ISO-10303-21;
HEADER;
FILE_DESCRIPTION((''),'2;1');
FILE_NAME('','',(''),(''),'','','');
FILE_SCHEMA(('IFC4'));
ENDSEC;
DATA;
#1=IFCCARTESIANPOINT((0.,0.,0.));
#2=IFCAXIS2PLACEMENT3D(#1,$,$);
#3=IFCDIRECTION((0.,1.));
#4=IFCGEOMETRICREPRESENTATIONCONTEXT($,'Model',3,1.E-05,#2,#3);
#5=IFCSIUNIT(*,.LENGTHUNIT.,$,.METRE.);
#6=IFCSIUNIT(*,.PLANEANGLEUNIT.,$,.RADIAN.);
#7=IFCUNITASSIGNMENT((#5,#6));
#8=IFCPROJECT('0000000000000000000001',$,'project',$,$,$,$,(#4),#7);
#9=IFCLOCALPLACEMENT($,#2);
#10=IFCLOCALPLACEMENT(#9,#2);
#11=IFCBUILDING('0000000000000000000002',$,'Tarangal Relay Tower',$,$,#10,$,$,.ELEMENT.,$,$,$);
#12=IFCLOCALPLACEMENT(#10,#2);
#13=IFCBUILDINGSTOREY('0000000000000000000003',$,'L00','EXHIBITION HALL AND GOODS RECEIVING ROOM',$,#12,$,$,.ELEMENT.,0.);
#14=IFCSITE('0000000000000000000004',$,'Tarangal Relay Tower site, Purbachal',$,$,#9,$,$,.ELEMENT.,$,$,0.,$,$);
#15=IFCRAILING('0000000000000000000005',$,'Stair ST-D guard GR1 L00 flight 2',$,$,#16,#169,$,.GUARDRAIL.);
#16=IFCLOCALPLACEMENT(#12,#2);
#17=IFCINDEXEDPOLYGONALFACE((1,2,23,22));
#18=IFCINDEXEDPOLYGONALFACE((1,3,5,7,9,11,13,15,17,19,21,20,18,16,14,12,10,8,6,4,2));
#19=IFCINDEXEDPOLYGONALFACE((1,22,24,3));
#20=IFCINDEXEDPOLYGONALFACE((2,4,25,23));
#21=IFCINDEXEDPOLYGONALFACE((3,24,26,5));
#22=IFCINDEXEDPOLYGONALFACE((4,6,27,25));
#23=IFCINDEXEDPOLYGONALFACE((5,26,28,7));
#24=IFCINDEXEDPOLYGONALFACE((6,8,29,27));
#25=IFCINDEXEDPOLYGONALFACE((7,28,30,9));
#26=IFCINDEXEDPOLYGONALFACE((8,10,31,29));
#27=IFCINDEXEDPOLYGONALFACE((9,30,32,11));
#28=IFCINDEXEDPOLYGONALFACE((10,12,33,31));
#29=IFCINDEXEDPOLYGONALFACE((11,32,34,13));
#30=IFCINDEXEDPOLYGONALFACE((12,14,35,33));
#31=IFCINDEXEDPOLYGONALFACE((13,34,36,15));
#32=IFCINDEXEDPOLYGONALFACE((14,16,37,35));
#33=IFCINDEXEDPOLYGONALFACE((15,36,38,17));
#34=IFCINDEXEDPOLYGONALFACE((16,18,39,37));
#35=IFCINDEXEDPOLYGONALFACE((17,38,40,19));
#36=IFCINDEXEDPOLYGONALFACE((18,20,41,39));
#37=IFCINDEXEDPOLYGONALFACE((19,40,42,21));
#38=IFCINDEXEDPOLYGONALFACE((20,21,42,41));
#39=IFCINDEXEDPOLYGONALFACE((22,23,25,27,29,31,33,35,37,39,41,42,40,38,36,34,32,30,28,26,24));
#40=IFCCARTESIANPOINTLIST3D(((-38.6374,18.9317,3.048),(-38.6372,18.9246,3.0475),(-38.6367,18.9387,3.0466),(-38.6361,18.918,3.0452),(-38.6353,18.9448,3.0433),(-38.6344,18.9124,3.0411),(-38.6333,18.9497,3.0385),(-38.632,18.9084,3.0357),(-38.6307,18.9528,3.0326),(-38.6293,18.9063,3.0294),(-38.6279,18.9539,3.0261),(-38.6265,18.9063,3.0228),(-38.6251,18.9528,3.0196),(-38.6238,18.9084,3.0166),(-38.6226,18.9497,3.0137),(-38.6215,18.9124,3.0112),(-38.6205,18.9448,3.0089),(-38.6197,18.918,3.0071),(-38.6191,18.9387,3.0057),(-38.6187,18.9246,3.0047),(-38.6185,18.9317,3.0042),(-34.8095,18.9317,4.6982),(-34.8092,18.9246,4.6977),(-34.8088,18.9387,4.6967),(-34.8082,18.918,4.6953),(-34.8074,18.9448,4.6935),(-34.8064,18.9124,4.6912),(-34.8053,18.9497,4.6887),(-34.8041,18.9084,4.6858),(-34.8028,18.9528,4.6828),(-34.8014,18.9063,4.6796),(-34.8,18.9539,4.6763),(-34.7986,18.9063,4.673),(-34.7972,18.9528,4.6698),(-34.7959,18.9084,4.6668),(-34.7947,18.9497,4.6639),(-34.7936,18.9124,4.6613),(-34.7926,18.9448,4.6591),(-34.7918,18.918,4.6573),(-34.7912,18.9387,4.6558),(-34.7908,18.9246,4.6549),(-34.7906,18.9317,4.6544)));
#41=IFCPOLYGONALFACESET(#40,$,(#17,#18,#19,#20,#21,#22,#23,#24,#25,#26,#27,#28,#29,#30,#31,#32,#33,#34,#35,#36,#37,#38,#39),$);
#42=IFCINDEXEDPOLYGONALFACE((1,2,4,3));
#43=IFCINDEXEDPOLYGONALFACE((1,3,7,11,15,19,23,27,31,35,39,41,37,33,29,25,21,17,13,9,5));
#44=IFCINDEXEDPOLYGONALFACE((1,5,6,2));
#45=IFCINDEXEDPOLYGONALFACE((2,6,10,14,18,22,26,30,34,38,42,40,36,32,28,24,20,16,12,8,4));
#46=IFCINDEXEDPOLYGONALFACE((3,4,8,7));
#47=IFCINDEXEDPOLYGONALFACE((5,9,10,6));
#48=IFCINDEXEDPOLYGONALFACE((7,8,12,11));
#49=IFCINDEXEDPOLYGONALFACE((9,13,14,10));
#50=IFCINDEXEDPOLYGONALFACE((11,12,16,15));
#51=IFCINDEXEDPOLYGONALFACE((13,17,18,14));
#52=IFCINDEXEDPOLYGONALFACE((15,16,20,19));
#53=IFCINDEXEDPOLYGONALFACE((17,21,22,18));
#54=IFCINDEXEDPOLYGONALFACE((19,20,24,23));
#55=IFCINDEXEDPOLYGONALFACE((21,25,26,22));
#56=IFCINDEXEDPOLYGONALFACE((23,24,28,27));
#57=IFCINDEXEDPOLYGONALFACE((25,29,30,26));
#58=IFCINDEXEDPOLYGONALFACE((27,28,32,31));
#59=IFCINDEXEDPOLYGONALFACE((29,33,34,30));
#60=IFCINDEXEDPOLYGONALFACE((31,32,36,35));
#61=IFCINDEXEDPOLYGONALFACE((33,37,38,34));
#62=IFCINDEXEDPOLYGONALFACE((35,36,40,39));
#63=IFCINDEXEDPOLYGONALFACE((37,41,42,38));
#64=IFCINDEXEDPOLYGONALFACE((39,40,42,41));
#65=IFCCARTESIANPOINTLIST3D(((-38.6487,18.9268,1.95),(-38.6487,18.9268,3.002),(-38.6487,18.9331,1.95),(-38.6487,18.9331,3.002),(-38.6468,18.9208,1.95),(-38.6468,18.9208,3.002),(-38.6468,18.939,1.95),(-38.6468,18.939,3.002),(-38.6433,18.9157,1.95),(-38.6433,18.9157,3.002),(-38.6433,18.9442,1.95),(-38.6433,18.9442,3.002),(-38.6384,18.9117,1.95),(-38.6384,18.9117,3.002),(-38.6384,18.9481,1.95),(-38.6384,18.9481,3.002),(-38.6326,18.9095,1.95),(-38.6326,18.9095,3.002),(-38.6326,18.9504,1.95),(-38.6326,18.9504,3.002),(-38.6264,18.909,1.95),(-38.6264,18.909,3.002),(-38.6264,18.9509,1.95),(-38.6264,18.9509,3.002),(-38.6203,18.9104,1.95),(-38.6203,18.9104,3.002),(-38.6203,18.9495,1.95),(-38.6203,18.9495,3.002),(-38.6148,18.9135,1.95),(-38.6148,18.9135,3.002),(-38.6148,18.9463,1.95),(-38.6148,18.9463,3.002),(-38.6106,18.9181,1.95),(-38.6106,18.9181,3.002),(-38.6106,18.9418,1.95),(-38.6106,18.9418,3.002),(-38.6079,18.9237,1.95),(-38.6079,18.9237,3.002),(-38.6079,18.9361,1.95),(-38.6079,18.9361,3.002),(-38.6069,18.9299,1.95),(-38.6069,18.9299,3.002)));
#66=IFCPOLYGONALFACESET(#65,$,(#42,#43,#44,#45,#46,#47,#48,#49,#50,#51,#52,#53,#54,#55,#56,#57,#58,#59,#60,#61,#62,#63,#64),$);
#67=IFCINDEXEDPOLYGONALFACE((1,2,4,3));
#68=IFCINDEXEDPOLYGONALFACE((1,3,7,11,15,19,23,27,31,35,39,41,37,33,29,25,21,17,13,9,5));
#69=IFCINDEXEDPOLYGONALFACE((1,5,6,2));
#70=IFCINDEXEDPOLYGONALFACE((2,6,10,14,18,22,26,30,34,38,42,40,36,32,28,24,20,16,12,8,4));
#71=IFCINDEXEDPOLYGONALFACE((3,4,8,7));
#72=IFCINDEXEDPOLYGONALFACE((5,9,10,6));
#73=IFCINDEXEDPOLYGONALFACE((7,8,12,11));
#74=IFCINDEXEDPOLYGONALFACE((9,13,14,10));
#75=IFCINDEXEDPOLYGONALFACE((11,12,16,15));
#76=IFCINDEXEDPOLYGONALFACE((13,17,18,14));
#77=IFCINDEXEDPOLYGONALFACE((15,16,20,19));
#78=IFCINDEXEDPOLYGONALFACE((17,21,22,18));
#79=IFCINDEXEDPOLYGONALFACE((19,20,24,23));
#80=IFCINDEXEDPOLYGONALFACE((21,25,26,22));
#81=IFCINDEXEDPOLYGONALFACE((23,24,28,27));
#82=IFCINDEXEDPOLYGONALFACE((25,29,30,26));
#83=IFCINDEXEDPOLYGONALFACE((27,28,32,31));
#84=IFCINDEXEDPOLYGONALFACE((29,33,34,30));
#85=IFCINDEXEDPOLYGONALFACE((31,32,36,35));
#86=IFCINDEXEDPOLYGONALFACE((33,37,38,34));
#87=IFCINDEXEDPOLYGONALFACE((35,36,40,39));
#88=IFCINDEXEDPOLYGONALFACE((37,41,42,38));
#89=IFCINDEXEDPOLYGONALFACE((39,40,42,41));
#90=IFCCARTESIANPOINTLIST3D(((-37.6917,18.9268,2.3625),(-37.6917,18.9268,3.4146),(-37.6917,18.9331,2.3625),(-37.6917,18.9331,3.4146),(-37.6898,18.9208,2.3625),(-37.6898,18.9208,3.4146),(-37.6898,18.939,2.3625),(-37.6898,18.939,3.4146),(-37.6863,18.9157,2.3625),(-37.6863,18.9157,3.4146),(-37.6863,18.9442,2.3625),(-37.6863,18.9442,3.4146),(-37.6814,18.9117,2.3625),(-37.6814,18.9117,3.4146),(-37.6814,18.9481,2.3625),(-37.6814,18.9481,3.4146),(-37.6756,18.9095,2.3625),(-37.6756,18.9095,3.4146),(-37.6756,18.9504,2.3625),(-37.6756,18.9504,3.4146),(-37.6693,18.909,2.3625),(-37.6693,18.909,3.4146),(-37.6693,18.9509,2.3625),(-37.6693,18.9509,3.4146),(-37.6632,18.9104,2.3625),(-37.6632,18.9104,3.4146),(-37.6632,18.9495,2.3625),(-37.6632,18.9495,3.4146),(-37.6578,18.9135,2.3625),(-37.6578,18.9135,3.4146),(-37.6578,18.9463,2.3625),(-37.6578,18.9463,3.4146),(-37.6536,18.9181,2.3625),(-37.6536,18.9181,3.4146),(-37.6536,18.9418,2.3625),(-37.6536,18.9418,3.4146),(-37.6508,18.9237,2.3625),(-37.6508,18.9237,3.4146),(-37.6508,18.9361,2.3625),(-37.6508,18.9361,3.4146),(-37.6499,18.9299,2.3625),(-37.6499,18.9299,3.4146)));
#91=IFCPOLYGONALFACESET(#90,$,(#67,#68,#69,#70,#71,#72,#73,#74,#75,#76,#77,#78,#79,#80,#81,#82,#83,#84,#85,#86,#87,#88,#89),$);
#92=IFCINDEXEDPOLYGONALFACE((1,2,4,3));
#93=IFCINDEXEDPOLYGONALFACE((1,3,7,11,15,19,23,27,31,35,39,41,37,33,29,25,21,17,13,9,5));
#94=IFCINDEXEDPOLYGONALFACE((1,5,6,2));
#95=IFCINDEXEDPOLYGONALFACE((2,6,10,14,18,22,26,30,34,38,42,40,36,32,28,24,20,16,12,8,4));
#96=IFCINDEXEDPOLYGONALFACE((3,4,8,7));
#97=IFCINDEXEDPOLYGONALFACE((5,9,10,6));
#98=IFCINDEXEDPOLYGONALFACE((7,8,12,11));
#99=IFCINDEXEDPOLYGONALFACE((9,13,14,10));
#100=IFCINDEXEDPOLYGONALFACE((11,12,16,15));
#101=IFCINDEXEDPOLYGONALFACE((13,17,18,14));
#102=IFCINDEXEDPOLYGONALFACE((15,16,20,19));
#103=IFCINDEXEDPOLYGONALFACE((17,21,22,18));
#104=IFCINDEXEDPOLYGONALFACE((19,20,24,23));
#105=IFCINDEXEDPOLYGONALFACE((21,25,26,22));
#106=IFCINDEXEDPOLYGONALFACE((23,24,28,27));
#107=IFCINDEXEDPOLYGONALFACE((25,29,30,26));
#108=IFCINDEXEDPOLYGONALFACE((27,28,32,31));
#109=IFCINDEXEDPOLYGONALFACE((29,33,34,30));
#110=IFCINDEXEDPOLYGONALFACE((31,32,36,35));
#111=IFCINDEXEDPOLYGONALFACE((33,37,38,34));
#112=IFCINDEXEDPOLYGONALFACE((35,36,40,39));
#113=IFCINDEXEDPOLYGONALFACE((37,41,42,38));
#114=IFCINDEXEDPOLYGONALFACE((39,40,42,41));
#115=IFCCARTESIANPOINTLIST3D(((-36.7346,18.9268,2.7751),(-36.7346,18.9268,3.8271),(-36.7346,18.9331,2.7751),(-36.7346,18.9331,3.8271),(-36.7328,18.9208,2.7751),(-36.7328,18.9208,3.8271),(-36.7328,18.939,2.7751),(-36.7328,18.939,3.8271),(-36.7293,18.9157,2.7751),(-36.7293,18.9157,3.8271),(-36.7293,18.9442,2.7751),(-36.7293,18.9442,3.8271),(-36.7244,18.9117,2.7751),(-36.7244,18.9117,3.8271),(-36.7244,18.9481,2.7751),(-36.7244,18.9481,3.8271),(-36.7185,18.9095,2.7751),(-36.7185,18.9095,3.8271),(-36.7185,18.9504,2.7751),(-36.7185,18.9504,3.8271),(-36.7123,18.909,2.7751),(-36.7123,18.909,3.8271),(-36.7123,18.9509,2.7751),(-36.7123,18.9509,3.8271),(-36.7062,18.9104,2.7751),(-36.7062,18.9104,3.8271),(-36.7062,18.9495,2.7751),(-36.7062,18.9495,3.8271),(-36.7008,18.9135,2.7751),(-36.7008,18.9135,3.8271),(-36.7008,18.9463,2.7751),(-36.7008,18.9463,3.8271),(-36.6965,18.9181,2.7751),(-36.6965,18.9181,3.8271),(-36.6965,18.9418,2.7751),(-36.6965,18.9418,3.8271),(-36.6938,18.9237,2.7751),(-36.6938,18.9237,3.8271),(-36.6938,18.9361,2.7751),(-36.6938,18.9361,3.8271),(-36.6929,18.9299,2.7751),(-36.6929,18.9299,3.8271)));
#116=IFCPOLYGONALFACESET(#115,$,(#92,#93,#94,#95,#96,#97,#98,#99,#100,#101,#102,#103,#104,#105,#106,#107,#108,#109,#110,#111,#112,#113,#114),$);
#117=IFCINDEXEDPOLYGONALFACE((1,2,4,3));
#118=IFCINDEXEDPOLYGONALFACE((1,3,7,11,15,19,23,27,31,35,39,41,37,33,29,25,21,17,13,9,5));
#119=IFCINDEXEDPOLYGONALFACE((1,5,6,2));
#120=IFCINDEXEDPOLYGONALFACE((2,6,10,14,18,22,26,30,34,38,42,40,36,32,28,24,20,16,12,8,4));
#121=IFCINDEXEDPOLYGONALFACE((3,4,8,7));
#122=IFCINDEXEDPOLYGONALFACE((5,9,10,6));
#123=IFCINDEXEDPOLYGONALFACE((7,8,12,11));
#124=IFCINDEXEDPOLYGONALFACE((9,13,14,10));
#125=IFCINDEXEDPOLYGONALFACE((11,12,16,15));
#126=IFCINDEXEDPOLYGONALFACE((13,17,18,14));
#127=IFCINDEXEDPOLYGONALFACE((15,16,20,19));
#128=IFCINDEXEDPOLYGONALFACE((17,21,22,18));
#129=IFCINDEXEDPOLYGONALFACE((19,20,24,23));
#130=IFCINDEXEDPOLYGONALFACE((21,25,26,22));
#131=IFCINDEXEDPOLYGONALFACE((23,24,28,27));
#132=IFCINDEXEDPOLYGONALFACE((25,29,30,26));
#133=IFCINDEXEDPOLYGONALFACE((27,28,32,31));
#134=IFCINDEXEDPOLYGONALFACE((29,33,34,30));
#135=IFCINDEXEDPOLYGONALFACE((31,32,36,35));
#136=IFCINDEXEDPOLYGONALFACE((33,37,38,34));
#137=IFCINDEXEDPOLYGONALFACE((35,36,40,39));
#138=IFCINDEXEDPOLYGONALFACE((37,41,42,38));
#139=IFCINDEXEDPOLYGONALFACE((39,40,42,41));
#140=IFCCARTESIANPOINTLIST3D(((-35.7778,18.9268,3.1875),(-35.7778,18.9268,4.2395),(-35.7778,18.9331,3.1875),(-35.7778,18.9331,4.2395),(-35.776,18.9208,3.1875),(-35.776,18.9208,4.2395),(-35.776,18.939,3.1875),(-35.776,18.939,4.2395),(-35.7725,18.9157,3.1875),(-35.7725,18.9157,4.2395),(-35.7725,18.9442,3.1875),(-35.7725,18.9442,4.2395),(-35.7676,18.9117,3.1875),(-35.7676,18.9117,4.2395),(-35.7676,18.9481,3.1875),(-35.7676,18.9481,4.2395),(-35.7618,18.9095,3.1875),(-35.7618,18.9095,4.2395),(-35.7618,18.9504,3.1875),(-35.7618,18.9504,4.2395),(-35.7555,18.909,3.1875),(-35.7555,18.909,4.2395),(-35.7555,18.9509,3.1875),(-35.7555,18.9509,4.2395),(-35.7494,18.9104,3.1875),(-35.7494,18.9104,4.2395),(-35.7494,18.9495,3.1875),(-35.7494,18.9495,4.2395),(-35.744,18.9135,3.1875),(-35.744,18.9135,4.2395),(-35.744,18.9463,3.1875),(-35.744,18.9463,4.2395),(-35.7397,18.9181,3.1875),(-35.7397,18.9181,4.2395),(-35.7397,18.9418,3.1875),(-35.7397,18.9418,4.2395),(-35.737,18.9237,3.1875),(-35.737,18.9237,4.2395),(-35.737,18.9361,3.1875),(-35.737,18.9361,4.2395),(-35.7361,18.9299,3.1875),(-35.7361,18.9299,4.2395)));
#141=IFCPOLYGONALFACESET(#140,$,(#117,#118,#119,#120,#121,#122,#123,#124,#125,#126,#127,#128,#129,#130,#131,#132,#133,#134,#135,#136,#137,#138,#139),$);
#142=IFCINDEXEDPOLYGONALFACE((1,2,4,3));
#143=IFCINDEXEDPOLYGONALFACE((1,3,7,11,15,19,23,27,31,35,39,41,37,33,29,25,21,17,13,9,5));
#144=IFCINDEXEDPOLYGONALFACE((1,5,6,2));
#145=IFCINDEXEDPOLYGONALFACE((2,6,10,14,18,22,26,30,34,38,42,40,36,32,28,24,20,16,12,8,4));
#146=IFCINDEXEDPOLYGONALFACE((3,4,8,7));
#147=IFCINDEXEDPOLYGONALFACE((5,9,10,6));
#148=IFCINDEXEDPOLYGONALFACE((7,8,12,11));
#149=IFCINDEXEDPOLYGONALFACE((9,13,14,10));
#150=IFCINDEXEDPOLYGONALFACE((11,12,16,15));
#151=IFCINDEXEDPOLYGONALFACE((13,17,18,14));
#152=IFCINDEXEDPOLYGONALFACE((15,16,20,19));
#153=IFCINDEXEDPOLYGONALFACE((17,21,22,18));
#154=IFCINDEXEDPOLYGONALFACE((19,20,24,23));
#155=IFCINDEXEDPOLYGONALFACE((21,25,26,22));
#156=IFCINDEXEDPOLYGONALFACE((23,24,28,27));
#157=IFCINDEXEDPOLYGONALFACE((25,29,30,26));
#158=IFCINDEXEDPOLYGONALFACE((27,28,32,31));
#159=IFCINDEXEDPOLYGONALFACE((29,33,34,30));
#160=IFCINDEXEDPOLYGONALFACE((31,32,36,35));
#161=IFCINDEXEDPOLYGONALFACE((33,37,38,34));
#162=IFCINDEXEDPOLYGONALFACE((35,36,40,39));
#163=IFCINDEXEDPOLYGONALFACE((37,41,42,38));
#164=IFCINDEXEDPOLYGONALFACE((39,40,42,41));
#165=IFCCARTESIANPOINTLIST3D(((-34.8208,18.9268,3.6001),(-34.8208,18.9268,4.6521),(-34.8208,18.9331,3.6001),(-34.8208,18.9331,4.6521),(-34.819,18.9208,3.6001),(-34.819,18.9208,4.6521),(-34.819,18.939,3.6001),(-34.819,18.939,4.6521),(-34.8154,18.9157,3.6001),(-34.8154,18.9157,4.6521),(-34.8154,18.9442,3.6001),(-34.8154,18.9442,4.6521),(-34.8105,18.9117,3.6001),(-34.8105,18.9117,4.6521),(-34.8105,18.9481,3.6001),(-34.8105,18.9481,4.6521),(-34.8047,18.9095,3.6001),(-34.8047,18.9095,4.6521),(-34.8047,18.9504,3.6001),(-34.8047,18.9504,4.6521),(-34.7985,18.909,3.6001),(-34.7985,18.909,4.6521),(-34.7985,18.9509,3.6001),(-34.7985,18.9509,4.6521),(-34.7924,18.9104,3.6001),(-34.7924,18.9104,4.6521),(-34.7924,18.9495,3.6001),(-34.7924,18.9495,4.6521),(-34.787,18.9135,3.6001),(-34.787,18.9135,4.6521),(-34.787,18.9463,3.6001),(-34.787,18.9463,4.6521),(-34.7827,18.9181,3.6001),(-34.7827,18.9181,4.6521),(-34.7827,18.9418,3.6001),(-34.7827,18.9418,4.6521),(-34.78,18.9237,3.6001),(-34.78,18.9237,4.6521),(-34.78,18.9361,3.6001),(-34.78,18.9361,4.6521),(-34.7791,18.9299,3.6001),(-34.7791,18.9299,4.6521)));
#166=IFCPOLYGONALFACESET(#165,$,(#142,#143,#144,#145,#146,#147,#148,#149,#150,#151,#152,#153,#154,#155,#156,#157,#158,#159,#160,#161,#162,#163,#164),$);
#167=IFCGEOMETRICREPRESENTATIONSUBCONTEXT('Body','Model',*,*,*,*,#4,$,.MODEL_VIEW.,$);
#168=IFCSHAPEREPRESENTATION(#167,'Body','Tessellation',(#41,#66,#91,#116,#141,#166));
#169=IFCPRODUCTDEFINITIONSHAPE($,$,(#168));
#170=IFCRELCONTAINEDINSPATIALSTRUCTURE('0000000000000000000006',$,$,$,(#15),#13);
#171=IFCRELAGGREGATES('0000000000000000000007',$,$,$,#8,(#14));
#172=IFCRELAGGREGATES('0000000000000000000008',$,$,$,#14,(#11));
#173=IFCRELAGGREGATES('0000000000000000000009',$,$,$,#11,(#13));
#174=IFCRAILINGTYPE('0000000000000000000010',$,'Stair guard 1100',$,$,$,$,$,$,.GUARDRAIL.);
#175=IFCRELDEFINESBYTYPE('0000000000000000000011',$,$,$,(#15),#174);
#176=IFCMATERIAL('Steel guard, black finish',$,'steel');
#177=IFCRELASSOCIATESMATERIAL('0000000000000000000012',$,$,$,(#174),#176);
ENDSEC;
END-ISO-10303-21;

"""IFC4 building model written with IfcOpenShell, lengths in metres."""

from ifc_helpers import new_model, si_unit, direction, frame, origin, origin_2d, place, context, subcontext, project, spatial, circle, extrude, material, type_object, element, save


model = new_model("IFC4")

# Units and contexts
model_context = context("Model", 3, precision=1e-05, world=origin(), true_north=direction((0.0, 1.0)))
body_context = subcontext(model_context, "Body", "Model", "MODEL_VIEW")
ifc_project = project(units=[si_unit("LENGTHUNIT", "METRE"), si_unit("PLANEANGLEUNIT", "RADIAN")], contexts=[model_context])

# Site, building, storey
site_placement = place(None, origin())
site = spatial("IfcSite", under=ifc_project, at=site_placement, Name="Tarangal Relay Tower site, Purbachal", CompositionType="ELEMENT", RefElevation=0.0)
building_placement = place(site_placement, origin())
building = spatial("IfcBuilding", under=site, at=building_placement, Name="Tarangal Relay Tower", CompositionType="ELEMENT")
storey_placement = place(building_placement, origin())
storey = spatial("IfcBuildingStorey", under=building, at=storey_placement, Name="L00", Description="EXHIBITION HALL AND GOODS RECEIVING ROOM", CompositionType="ELEMENT", Elevation=0.0)

# Railing
ifc_material_1 = material(Name="Steel guard, black finish", Category="steel")
railing_type = type_object("IfcRailingType", Name="Stair guard 1100", PredefinedType="GUARDRAIL", material=ifc_material_1)
railing_1_placement = place(storey_placement, frame((-38.6279, 18.9299, 1.95)))
element("IfcRailing", 1, at=railing_1_placement, inside=storey, type_object=railing_type, Name="Stair ST-D guard GR1 L00 flight 2", PredefinedType="GUARDRAIL", context=body_context, shape_type="SweptSolid", body=[
    extrude(circle(Radius=0.0239, at=origin_2d()), frame((0.0, 0.0, 1.0762), z_axis=(0.918307, 0.0, 0.395869), x_axis=(0.0, 1.0, 0.0)), (0.0, 0.0, 1.0), 4.1685),
    extrude(circle(Radius=0.021, at=origin_2d()), origin(), (0.0, 0.0, 1.0), 1.052),
    extrude(circle(Radius=0.021, at=origin_2d()), frame((0.957, 0.0, 0.4126)), (0.0, 0.0, 1.0), 1.052),
    extrude(circle(Radius=0.021, at=origin_2d()), frame((1.9141, 0.0, 0.8252)), (0.0, 0.0, 1.0), 1.052),
    extrude(circle(Radius=0.021, at=origin_2d()), frame((2.8708, 0.0, 1.2375)), (0.0, 0.0, 1.0), 1.052),
    extrude(circle(Radius=0.021, at=origin_2d()), frame((3.8279, 0.0, 1.6501)), (0.0, 0.0, 1.0), 1.052),
])

save(model, "model.ifc")
